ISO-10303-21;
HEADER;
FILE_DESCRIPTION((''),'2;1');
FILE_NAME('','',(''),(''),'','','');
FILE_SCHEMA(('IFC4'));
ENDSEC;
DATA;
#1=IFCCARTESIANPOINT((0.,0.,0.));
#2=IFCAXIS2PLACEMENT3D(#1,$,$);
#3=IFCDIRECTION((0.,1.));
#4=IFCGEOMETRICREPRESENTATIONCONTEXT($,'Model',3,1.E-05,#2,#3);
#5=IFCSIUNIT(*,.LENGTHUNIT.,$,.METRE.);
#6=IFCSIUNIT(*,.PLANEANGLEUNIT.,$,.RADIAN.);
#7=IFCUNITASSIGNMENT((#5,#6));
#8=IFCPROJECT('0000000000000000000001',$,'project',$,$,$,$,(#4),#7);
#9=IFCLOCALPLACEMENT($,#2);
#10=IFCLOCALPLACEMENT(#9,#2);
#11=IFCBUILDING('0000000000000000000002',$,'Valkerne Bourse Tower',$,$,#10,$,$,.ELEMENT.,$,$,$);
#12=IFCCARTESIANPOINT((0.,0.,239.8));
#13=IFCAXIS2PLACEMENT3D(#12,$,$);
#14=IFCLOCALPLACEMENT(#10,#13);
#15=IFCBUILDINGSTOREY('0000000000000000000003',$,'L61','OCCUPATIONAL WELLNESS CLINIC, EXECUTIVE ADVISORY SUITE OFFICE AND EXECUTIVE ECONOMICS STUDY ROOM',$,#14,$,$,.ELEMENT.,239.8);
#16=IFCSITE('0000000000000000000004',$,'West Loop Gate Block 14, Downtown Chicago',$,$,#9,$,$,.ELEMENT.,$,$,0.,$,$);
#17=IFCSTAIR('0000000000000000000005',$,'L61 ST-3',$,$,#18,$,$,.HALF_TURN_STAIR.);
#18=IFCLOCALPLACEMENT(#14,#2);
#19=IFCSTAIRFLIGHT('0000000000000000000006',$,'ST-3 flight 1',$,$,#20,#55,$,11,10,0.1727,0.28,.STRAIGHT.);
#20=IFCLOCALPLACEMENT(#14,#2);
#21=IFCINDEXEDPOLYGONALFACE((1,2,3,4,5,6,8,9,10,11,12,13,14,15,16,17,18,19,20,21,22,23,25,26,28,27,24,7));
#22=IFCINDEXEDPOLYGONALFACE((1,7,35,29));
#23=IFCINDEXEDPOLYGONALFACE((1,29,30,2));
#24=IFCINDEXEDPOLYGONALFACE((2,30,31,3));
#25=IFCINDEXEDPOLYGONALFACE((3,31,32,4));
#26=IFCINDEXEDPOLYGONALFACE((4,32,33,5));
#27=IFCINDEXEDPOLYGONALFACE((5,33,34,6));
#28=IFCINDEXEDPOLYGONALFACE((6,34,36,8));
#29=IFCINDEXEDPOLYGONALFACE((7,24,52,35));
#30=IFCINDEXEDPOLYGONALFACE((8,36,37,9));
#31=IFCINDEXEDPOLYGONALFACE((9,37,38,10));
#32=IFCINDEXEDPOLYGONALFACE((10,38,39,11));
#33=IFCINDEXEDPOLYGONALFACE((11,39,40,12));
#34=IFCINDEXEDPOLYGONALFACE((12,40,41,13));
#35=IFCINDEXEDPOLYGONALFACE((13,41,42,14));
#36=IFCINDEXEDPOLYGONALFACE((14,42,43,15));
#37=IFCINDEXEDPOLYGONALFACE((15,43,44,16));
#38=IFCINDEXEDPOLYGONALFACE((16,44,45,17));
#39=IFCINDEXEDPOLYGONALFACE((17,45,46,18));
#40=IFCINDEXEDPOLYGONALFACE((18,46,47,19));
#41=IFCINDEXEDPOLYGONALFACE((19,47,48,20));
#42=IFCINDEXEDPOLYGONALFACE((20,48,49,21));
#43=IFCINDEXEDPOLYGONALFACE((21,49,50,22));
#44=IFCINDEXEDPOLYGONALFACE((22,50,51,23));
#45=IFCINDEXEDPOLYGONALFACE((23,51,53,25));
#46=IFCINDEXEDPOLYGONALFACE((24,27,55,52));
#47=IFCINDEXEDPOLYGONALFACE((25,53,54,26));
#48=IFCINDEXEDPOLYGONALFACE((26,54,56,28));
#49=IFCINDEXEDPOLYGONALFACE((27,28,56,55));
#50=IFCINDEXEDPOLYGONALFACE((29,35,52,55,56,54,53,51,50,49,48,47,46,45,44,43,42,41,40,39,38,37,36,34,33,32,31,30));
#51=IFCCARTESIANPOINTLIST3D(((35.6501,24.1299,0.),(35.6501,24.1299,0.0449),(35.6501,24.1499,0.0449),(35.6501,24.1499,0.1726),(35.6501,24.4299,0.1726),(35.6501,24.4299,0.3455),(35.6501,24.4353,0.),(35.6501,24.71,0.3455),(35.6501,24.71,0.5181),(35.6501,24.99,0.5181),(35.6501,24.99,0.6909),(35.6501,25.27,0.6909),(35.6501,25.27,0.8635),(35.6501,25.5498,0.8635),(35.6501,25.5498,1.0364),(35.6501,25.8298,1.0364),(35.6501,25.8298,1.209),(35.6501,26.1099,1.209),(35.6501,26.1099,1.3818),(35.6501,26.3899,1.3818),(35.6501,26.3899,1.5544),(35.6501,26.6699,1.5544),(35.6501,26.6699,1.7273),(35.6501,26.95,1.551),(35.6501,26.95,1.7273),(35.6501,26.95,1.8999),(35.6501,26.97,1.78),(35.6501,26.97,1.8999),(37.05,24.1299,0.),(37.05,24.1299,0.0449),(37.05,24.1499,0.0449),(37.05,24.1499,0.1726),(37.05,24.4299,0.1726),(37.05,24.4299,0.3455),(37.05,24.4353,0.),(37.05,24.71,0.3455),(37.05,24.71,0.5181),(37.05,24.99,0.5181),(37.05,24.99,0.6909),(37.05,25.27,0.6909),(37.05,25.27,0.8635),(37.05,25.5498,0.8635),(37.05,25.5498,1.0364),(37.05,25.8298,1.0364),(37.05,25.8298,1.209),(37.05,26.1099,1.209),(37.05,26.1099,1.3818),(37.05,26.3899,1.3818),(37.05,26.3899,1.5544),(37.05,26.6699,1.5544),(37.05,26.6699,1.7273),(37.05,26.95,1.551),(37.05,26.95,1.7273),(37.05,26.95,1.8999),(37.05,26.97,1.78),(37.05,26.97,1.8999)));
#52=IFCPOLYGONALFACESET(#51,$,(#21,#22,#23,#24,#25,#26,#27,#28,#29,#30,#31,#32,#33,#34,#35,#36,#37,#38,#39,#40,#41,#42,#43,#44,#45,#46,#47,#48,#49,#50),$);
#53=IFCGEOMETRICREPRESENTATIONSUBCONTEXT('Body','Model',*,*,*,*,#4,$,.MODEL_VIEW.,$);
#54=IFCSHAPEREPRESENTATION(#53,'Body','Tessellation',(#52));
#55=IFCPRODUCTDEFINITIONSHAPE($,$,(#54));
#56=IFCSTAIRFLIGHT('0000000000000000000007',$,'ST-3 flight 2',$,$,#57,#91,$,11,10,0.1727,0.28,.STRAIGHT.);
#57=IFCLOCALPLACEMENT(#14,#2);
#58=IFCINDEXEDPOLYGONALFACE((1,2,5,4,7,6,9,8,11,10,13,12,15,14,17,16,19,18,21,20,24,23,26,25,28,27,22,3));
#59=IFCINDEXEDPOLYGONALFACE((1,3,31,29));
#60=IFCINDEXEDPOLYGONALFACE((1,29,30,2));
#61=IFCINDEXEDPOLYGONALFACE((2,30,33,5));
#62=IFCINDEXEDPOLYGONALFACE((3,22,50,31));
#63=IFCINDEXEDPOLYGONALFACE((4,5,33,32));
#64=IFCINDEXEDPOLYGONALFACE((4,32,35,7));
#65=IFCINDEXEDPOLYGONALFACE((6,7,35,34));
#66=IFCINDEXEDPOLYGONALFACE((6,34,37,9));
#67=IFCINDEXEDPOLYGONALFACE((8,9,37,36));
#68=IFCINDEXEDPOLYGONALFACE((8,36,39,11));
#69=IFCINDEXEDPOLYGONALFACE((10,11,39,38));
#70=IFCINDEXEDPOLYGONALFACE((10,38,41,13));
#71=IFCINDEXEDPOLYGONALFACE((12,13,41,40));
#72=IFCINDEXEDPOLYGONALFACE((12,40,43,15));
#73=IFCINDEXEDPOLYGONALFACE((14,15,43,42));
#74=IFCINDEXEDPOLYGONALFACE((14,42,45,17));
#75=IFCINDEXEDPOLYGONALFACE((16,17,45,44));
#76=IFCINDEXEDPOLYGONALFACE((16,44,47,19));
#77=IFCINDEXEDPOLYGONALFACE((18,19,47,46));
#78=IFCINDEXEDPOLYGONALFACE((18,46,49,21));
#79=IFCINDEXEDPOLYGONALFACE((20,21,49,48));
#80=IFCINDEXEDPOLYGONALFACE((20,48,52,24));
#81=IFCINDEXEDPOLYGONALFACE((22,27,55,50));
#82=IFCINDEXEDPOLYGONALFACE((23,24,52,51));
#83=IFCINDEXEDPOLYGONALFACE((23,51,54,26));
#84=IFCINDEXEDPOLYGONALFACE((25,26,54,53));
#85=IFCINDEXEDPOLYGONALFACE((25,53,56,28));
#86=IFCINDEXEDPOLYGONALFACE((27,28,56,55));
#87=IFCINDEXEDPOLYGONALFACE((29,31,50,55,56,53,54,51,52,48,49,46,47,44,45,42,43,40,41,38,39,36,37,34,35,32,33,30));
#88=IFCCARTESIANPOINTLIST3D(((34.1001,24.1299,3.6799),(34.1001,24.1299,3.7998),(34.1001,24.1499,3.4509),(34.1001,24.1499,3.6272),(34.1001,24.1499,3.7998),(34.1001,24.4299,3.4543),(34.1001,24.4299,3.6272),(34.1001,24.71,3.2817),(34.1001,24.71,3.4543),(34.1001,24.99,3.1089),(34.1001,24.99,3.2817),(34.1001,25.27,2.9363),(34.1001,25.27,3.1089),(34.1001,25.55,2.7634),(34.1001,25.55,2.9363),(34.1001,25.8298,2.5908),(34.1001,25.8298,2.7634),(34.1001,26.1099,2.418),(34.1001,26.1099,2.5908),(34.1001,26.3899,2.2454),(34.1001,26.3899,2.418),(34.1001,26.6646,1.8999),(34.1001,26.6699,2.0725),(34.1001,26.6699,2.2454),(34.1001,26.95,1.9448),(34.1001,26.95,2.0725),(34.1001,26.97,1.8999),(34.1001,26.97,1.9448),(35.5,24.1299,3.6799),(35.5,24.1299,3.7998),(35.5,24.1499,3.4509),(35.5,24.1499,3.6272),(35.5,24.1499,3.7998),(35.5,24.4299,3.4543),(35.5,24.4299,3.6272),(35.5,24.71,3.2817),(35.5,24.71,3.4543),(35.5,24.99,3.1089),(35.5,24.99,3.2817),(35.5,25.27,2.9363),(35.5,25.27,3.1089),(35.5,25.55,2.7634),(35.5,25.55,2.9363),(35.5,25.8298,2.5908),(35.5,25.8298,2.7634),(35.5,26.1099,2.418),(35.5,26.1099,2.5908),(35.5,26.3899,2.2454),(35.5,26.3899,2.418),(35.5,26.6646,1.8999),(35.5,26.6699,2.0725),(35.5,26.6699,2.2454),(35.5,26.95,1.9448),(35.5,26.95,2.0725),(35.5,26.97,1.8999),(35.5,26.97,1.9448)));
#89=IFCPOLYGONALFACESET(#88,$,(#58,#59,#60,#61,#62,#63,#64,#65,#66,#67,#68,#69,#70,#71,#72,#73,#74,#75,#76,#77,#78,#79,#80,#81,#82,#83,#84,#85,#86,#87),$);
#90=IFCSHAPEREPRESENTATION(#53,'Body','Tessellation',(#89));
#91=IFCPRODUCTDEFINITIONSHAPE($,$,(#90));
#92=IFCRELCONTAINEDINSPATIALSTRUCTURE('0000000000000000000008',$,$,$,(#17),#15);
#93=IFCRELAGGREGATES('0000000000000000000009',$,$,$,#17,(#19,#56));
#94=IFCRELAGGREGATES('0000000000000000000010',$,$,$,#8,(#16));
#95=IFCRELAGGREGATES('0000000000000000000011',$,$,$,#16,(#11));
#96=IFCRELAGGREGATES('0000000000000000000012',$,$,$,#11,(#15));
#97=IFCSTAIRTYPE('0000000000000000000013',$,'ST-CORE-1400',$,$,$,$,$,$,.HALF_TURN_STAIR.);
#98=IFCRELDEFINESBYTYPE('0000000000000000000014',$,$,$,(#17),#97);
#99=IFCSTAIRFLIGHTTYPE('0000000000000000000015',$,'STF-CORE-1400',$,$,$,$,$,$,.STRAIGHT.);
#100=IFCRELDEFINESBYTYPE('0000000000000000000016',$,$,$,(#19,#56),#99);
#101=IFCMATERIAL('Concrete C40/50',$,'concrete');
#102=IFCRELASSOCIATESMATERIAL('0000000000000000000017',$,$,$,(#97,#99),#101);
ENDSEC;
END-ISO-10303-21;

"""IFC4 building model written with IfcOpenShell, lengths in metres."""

from ifc_helpers import new_model, si_unit, direction, frame, origin, place, context, subcontext, project, spatial, polyline, outline, extrude, material, type_object, element, aggregate, save


model = new_model("IFC4")

# Units and contexts
model_context = context("Model", 3, precision=1e-05, world=origin(), true_north=direction((0.0, 1.0)))
body_context = subcontext(model_context, "Body", "Model", "MODEL_VIEW")
ifc_project = project(units=[si_unit("LENGTHUNIT", "METRE"), si_unit("PLANEANGLEUNIT", "RADIAN")], contexts=[model_context])

# Site, building, storey
site_placement = place(None, origin())
site = spatial("IfcSite", under=ifc_project, at=site_placement, Name="West Loop Gate Block 14, Downtown Chicago", CompositionType="ELEMENT", RefElevation=0.0)
building_placement = place(site_placement, origin())
building = spatial("IfcBuilding", under=site, at=building_placement, Name="Valkerne Bourse Tower", CompositionType="ELEMENT")
storey_placement = place(building_placement, frame((0.0, 0.0, 239.8)))
storey = spatial("IfcBuildingStorey", under=building, at=storey_placement, Name="L61", Description="OCCUPATIONAL WELLNESS CLINIC, EXECUTIVE ADVISORY SUITE OFFICE AND EXECUTIVE ECONOMICS STUDY ROOM", CompositionType="ELEMENT", Elevation=239.8)

# Shared definitions
ifc_material_1 = material(Name="Concrete C40/50", Category="concrete")

# Stair, stair flights
stair_type = type_object("IfcStairType", Name="ST-CORE-1400", PredefinedType="HALF_TURN_STAIR", material=ifc_material_1)
stair_placement = place(storey_placement, origin())
stair = element("IfcStair", 1, at=stair_placement, inside=storey, type_object=stair_type, Name="L61 ST-3", PredefinedType="HALF_TURN_STAIR")
stair_flight_type = type_object("IfcStairFlightType", Name="STF-CORE-1400", PredefinedType="STRAIGHT", material=ifc_material_1)
stair_flight_1_placement = place(storey_placement, frame((36.3501, 24.1499, 0.0), z_axis=(0.0, 0.0, 1.0), x_axis=(0.0, 1.0, 0.0)))
stair_flight_1 = element("IfcStairFlight", 2, at=stair_flight_1_placement, type_object=stair_flight_type, Name="ST-3 flight 1", NumberOfRisers=11, NumberOfTreads=10, PredefinedType="STRAIGHT", RiserHeight=0.1727, TreadLength=0.28, context=body_context, shape_type="SweptSolid", body=[
    extrude(outline(polyline([(-0.02, 0.0), (-0.02, 0.0449), (0.0, 0.0449), (0.0, 0.1726), (0.28, 0.1726), (0.28, 0.3455), (0.5601, 0.3455), (0.5601, 0.5181), (0.8401, 0.5181), (0.8401, 0.6909), (1.1201, 0.6909), (1.1201, 0.8635), (1.3999, 0.8635), (1.3999, 1.0364), (1.6799, 1.0364), (1.6799, 1.209), (1.96, 1.209), (1.96, 1.3818), (2.24, 1.3818), (2.24, 1.5544), (2.52, 1.5544), (2.52, 1.7273), (2.8, 1.7273), (2.8, 1.8999), (2.8201, 1.8999), (2.8201, 1.78), (2.8, 1.551), (0.2854, 0.0), (-0.02, 0.0)])), frame((0.0, 0.7, 0.0), z_axis=(0.0, -1.0, 0.0), x_axis=(1.0, 0.0, 0.0)), (0.0, 0.0, 1.0), 1.3999),
])
stair_flight_2_placement = place(storey_placement, frame((34.8, 26.95, 1.8999), z_axis=(0.0, 0.0, 1.0), x_axis=(0.0, -1.0, 0.0)))
stair_flight_2 = element("IfcStairFlight", 3, at=stair_flight_2_placement, type_object=stair_flight_type, Name="ST-3 flight 2", NumberOfRisers=11, NumberOfTreads=10, PredefinedType="STRAIGHT", RiserHeight=0.1727, TreadLength=0.28, context=body_context, shape_type="SweptSolid", body=[
    extrude(outline(polyline([(-0.02, 0.0), (-0.02, 0.0449), (0.0, 0.0449), (0.0, 0.1726), (0.28, 0.1726), (0.28, 0.3455), (0.5601, 0.3455), (0.5601, 0.5181), (0.8401, 0.5181), (0.8401, 0.6909), (1.1201, 0.6909), (1.1201, 0.8635), (1.3999, 0.8635), (1.3999, 1.0364), (1.6799, 1.0364), (1.6799, 1.209), (1.96, 1.209), (1.96, 1.3818), (2.24, 1.3818), (2.24, 1.5544), (2.52, 1.5544), (2.52, 1.7273), (2.8, 1.7273), (2.8, 1.8999), (2.8201, 1.8999), (2.8201, 1.78), (2.8, 1.551), (0.2854, 0.0), (-0.02, 0.0)])), frame((0.0, 0.7, 0.0), z_axis=(0.0, -1.0, 0.0), x_axis=(1.0, 0.0, 0.0)), (0.0, 0.0, 1.0), 1.3999),
])
aggregate(stair, [stair_flight_1, stair_flight_2])

save(model, "model.ifc")
